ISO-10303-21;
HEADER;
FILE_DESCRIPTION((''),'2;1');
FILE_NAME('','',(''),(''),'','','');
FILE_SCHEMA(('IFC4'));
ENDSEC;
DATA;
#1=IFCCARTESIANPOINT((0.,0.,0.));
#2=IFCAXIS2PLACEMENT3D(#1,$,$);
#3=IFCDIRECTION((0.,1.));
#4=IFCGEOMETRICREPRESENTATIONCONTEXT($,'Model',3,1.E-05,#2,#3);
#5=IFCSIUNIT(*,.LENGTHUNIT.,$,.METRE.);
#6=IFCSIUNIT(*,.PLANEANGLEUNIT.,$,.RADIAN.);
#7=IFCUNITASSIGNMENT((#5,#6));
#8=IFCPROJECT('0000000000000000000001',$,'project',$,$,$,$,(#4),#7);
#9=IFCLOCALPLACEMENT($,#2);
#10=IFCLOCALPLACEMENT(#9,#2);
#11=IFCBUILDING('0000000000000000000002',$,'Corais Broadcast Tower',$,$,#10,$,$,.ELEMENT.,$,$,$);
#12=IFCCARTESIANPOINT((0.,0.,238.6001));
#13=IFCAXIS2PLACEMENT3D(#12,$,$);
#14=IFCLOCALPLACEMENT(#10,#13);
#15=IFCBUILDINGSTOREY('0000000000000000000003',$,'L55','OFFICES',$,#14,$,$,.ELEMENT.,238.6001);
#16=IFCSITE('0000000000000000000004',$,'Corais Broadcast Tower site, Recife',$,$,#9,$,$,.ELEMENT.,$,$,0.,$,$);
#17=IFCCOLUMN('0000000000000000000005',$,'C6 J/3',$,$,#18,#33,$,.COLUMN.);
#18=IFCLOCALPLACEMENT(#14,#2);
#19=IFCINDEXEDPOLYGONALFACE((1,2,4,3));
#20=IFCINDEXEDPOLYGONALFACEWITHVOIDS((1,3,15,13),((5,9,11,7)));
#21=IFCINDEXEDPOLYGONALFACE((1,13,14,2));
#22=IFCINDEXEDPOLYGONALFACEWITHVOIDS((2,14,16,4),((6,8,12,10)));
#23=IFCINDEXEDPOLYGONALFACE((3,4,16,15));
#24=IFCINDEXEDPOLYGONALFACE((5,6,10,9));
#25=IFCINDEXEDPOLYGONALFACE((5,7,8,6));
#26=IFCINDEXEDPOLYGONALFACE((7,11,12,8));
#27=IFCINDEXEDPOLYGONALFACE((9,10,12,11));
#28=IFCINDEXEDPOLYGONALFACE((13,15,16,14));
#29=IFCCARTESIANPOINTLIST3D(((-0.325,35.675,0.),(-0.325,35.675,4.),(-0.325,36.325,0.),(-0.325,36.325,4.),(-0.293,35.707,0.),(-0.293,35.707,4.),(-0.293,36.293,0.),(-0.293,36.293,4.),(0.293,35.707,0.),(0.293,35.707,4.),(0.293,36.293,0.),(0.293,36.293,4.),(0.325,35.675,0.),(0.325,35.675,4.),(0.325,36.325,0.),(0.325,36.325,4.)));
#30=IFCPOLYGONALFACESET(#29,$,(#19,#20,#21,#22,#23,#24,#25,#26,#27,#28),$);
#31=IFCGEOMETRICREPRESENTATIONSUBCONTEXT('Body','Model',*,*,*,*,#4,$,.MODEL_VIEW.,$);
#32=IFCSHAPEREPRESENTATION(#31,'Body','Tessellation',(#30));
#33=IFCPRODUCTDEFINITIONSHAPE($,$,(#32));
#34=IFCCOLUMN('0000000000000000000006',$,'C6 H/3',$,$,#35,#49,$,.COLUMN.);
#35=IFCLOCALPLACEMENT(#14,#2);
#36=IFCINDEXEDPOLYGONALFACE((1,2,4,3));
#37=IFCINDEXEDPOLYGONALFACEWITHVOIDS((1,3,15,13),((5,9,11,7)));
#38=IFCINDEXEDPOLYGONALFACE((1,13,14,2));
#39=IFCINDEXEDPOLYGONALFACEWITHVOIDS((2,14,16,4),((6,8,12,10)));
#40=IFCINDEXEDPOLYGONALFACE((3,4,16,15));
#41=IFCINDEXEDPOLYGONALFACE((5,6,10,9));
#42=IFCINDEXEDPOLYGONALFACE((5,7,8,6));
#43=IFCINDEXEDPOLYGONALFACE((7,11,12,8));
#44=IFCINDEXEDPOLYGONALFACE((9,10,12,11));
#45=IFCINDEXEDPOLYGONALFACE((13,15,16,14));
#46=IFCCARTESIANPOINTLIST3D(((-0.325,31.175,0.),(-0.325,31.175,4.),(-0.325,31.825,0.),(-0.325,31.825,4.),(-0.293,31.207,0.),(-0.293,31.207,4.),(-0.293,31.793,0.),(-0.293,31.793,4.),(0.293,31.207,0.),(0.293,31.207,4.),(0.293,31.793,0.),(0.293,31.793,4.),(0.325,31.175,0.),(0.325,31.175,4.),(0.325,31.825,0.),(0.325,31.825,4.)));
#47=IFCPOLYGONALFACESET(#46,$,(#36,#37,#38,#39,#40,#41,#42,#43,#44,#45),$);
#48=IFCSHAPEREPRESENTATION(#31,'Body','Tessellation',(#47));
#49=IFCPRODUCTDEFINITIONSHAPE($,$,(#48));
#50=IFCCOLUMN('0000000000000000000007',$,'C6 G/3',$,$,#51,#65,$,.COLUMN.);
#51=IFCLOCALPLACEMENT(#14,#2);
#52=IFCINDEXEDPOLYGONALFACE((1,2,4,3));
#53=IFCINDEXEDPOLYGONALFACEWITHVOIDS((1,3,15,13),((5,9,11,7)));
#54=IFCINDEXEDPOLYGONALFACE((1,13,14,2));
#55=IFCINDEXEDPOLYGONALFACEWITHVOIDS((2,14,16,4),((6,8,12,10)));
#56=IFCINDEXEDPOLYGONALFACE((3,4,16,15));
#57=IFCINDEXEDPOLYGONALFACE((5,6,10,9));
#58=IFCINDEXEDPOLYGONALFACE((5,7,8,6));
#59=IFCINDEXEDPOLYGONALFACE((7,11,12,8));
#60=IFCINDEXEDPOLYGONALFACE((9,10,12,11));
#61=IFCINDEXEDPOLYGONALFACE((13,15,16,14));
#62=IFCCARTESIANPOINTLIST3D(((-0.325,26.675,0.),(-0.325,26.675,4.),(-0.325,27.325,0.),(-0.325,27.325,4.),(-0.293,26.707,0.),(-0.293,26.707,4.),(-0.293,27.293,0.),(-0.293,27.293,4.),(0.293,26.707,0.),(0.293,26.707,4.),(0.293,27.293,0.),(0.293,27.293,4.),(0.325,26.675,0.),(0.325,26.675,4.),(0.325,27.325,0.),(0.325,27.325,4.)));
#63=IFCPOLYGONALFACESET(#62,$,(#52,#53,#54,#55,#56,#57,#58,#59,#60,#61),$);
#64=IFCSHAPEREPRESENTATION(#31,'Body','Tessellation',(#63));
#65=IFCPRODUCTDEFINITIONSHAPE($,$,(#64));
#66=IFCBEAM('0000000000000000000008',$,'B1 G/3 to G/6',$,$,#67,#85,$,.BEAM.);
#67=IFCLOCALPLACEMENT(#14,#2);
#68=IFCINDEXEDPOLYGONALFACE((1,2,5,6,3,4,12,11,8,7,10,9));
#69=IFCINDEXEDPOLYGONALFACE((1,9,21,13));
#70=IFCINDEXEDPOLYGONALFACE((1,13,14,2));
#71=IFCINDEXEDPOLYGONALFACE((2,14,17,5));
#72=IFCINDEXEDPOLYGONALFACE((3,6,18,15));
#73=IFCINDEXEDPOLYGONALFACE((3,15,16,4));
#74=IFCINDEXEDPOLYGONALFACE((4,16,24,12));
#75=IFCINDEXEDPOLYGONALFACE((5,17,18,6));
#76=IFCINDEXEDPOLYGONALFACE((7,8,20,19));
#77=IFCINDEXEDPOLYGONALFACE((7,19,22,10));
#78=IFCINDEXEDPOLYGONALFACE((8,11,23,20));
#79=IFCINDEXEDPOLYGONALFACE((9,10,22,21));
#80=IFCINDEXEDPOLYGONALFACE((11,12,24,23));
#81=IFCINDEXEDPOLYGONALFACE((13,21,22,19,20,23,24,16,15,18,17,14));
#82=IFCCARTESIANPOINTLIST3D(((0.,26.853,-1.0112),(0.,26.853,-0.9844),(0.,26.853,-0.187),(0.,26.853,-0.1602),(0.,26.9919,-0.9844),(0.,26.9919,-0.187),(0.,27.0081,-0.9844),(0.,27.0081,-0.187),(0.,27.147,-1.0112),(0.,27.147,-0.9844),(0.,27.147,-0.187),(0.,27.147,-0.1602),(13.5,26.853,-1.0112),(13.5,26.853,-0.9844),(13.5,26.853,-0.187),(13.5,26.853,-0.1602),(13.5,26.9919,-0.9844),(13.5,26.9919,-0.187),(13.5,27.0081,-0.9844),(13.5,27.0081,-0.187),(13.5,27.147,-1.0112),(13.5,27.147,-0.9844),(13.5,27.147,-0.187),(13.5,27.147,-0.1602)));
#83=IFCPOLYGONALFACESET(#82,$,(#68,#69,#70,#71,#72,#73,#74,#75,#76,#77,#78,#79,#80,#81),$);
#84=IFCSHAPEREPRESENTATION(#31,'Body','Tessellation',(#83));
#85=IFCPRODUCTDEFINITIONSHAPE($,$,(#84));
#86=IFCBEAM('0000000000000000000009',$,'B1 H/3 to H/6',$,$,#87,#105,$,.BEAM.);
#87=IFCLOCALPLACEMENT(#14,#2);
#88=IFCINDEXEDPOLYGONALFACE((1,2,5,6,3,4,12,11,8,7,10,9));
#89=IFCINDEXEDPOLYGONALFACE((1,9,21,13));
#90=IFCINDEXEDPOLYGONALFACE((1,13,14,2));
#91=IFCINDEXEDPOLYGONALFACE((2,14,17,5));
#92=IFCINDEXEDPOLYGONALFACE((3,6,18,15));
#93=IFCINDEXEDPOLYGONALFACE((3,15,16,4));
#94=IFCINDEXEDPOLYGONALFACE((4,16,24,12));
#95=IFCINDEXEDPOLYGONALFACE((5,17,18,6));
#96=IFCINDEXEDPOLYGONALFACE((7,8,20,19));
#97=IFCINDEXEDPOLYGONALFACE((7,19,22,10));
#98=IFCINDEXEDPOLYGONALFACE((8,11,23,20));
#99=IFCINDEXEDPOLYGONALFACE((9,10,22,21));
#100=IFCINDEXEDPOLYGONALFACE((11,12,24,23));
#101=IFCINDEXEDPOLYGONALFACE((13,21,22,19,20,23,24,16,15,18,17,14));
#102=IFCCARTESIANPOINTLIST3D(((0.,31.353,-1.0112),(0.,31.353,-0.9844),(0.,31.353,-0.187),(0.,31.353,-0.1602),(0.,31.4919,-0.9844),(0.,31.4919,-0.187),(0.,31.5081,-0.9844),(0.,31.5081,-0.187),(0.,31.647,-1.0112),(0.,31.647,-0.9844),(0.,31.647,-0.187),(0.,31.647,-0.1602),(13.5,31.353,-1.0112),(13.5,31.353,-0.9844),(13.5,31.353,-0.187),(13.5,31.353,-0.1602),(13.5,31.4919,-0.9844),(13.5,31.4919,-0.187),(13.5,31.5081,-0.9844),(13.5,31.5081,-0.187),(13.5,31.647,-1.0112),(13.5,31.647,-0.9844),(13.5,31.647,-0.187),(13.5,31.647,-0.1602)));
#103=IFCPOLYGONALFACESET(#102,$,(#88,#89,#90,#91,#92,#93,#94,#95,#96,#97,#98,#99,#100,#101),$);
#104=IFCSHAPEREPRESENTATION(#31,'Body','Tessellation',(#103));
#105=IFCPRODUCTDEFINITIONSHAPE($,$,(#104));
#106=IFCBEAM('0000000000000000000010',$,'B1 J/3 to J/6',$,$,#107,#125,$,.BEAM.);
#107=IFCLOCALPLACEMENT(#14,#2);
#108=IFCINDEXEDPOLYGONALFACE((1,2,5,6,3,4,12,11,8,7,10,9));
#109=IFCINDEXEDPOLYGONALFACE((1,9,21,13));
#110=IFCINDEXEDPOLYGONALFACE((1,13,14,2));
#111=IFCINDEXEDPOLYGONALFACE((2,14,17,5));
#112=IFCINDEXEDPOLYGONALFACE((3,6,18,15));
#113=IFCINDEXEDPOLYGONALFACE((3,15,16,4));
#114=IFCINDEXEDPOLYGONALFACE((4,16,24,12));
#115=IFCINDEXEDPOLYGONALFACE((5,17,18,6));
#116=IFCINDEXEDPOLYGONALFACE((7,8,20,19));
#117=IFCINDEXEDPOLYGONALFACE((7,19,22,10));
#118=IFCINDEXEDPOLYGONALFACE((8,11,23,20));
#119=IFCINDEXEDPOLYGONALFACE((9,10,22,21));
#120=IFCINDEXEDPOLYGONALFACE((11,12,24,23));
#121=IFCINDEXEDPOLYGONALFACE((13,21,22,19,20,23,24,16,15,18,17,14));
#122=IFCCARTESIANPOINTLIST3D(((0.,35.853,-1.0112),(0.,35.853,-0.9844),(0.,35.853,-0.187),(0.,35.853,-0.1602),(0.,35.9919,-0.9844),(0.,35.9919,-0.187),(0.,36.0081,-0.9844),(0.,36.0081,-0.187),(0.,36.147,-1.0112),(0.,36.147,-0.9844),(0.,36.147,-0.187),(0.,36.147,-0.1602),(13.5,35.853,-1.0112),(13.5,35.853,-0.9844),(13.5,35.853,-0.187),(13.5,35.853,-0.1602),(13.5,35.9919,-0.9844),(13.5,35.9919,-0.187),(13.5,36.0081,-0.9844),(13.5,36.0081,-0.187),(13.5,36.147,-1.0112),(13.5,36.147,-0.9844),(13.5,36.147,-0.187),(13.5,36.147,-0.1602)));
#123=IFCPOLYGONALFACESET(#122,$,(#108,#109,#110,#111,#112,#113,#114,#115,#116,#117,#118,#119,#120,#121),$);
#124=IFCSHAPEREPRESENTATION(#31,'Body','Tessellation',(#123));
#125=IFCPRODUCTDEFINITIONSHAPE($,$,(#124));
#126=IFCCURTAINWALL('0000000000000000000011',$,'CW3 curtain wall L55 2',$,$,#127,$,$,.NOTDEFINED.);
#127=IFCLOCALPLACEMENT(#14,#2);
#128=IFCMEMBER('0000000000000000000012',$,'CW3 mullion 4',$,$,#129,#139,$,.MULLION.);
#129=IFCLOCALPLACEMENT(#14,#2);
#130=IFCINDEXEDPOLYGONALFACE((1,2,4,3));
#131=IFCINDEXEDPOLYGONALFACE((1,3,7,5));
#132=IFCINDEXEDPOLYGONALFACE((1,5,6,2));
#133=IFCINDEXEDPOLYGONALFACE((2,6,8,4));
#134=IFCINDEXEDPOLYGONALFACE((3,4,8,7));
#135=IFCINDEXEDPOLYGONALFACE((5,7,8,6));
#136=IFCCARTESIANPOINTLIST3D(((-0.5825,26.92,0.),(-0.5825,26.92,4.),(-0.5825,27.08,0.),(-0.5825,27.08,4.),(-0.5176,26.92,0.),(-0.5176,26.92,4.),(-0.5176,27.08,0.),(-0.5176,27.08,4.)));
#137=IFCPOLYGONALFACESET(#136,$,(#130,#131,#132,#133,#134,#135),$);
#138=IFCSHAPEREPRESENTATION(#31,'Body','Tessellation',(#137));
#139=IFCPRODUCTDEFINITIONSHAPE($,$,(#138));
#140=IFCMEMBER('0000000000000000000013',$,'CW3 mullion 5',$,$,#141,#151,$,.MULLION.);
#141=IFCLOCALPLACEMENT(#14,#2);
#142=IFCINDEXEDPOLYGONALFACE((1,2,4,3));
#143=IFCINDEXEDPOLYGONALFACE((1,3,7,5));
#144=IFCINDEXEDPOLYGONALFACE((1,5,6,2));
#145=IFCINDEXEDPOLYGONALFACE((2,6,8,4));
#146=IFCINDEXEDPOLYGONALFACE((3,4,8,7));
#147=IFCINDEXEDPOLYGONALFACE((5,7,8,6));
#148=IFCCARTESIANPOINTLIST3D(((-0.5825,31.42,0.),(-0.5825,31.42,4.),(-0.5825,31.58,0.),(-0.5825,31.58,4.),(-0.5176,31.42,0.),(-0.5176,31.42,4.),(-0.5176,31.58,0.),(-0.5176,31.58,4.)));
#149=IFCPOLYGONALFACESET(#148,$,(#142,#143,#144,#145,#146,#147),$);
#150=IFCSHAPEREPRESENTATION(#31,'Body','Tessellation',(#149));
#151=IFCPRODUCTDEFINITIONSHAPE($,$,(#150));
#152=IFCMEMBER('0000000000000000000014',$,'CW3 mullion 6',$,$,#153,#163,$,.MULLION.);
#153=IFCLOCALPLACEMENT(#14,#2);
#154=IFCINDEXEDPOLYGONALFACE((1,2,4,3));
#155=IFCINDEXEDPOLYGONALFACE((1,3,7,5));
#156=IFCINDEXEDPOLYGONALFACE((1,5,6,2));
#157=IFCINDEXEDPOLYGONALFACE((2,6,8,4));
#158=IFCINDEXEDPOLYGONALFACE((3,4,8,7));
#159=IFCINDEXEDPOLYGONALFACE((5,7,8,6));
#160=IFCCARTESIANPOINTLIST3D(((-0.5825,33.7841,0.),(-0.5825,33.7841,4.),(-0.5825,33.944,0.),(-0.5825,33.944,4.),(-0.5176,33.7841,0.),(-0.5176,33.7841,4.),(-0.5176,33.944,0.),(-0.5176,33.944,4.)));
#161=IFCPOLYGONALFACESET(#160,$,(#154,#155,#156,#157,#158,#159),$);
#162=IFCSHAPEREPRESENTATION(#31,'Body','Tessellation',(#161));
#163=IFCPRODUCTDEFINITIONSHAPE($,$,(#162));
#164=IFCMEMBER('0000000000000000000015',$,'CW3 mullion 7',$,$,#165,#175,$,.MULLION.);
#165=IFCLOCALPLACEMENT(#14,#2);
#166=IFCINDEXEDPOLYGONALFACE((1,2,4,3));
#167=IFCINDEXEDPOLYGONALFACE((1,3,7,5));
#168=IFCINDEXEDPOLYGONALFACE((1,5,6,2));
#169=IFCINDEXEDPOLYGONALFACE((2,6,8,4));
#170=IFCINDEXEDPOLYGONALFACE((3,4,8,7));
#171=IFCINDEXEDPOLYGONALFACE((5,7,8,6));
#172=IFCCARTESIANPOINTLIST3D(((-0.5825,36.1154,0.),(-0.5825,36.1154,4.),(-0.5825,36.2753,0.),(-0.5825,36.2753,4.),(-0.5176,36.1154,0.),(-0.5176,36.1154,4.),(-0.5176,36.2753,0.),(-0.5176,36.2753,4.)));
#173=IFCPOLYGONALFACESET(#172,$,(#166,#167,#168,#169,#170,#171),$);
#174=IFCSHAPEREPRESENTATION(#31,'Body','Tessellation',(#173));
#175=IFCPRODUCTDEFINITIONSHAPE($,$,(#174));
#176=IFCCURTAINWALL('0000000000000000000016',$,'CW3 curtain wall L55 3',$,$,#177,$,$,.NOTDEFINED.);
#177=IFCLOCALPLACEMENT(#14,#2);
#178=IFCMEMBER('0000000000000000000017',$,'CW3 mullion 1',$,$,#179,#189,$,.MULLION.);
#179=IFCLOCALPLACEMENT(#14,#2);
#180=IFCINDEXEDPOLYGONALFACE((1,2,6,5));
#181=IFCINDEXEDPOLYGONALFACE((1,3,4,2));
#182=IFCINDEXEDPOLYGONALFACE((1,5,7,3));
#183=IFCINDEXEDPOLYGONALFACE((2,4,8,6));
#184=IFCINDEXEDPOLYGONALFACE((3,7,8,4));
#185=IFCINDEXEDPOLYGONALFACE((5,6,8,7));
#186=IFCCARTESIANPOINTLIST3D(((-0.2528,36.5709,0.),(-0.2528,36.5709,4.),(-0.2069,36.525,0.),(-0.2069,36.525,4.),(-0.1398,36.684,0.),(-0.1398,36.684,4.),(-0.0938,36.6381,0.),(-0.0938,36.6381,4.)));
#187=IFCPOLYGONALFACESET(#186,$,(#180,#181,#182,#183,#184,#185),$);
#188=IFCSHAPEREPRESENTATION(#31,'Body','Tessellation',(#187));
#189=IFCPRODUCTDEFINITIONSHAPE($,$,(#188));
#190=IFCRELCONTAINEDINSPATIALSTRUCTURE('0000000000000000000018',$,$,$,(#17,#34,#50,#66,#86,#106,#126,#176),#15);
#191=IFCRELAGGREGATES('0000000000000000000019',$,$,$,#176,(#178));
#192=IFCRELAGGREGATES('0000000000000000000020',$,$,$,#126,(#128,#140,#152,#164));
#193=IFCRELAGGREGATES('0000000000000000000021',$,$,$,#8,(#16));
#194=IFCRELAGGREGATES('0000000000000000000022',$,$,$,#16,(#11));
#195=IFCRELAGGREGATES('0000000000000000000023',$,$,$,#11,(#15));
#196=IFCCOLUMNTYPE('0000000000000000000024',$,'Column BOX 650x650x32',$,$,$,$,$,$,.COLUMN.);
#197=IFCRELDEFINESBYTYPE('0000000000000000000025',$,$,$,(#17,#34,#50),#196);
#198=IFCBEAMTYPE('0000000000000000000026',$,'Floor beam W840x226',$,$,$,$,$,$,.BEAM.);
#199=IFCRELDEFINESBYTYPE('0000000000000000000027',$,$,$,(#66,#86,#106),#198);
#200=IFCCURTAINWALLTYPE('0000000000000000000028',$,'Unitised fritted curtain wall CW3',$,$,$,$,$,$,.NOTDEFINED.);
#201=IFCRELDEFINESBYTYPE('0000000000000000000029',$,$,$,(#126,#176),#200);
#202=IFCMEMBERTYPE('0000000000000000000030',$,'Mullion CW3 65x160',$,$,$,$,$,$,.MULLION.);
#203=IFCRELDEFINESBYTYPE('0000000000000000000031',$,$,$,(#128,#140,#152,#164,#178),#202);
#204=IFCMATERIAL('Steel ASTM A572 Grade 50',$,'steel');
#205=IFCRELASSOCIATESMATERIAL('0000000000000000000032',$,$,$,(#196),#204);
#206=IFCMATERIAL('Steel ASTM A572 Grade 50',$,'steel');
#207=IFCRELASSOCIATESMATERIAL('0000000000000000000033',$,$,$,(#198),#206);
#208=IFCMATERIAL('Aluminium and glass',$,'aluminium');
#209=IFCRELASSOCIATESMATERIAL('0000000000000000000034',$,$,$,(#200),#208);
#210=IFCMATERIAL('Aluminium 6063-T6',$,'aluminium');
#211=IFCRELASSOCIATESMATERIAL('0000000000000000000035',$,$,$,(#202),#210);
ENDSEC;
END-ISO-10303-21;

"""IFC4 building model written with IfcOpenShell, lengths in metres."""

from ifc_helpers import new_model, si_unit, direction, frame, origin, origin_2d, place, context, subcontext, project, spatial, rectangle, hollow_rectangle, i_section, extrude, material, material_profile, profile_set, type_object, element, aggregate, save


model = new_model("IFC4")

# Units and contexts
model_context = context("Model", 3, precision=1e-05, world=origin(), true_north=direction((0.0, 1.0)))
body_context = subcontext(model_context, "Body", "Model", "MODEL_VIEW")
ifc_project = project(units=[si_unit("LENGTHUNIT", "METRE"), si_unit("PLANEANGLEUNIT", "RADIAN")], contexts=[model_context])

# Site, building, storey
site_placement = place(None, origin())
site = spatial("IfcSite", under=ifc_project, at=site_placement, Name="Corais Broadcast Tower site, Recife", CompositionType="ELEMENT", RefElevation=0.0)
building_placement = place(site_placement, origin())
building = spatial("IfcBuilding", under=site, at=building_placement, Name="Corais Broadcast Tower", CompositionType="ELEMENT")
storey_placement = place(building_placement, frame((0.0, 0.0, 238.6001)))
storey = spatial("IfcBuildingStorey", under=building, at=storey_placement, Name="L55", Description="OFFICES", CompositionType="ELEMENT", Elevation=238.6001)

# Columns
ifc_material_1 = material(Name="Steel ASTM A572 Grade 50", Category="steel")
ifc_material_profile_1 = material_profile(ifc_material_1, hollow_rectangle(XDim=0.6499, YDim=0.6499, WallThickness=0.032, at=origin_2d()), Name="BOX 650x650x32")
ifc_profile_set_1 = profile_set([ifc_material_profile_1], Name="Steel ASTM A572 Grade 50")
column_type = type_object("IfcColumnType", Name="Column BOX 650x650x32", PredefinedType="COLUMN", material=ifc_profile_set_1)
for number, where, z_axis, x_axis, name in (
    (1, (0.0, 36.0, 0.0), (0.0, 0.0, 1.0), (1.0, 0.0, 0.0), "C6 J/3"),
    (2, (0.0, 31.5, 0.0), (0.0, 0.0, 1.0), (1.0, 0.0, 0.0), "C6 H/3"),
    (3, (0.0, 27.0, 0.0), (0.0, 0.0, 1.0), (1.0, 0.0, 0.0), "C6 G/3"),
):
    element("IfcColumn", number, at=place(storey_placement, frame(where, z_axis=z_axis, x_axis=x_axis)), inside=storey, type_object=column_type, Name=name, PredefinedType="COLUMN", context=body_context, shape_type="SweptSolid", body=[
        extrude(hollow_rectangle(XDim=0.6499, YDim=0.6499, WallThickness=0.032, at=origin_2d()), origin(), (0.0, 0.0, 1.0), 4.0),
    ])

# Beams
ifc_material_2 = material(Name="Steel ASTM A572 Grade 50", Category="steel")
ifc_material_profile_2 = material_profile(ifc_material_2, i_section(OverallWidth=0.2939, OverallDepth=0.8511, WebThickness=0.0161, FlangeThickness=0.0269, at=origin_2d()), Name="W840x226")
ifc_profile_set_2 = profile_set([ifc_material_profile_2], Name="Steel ASTM A572 Grade 50")
beam_type_1 = type_object("IfcBeamType", Name="Floor beam W840x226", PredefinedType="BEAM", material=ifc_profile_set_2)
for number, where, z_axis, x_axis, name in (
    (4, (0.0, 27.0, -0.5857), (1.0, 0.0, 0.0), (0.0, 1.0, 0.0), "B1 G/3 to G/6"),
    (5, (0.0, 31.5, -0.5857), (1.0, 0.0, 0.0), (0.0, 1.0, 0.0), "B1 H/3 to H/6"),
    (6, (0.0, 36.0, -0.5857), (1.0, 0.0, 0.0), (0.0, 1.0, 0.0), "B1 J/3 to J/6"),
):
    element("IfcBeam", number, at=place(storey_placement, frame(where, z_axis=z_axis, x_axis=x_axis)), inside=storey, type_object=beam_type_1, Name=name, PredefinedType="BEAM", context=body_context, shape_type="SweptSolid", body=[
        extrude(i_section(OverallWidth=0.2939, OverallDepth=0.8511, WebThickness=0.0161, FlangeThickness=0.0269, at=origin_2d()), origin(), (0.0, 0.0, 1.0), 13.5),
    ])

# Curtain wall, members
ifc_material_3 = material(Name="Aluminium and glass", Category="aluminium")
curtain_wall_type = type_object("IfcCurtainWallType", Name="Unitised fritted curtain wall CW3", PredefinedType="NOTDEFINED", material=ifc_material_3)
curtain_wall_1_placement = place(storey_placement, origin())
curtain_wall_1 = element("IfcCurtainWall", 7, at=curtain_wall_1_placement, inside=storey, type_object=curtain_wall_type, Name="CW3 curtain wall L55 2", PredefinedType="NOTDEFINED")
ifc_material_4 = material(Name="Aluminium 6063-T6", Category="aluminium")
ifc_material_profile_3 = material_profile(ifc_material_4, rectangle(XDim=0.0649, YDim=0.1599, at=origin_2d()), Name="Mullion CW3 65x160")
ifc_profile_set_3 = profile_set([ifc_material_profile_3], Name="Aluminium 6063-T6")
member_type_1 = type_object("IfcMemberType", Name="Mullion CW3 65x160", PredefinedType="MULLION", material=ifc_profile_set_3)
member_1_placement = place(storey_placement, frame((-0.55, 27.0, 0.0), z_axis=(0.0, 0.0, 1.0), x_axis=(-1.0, 0.0, 0.0)))
member_1 = element("IfcMember", 8, at=member_1_placement, type_object=member_type_1, Name="CW3 mullion 4", PredefinedType="MULLION", context=body_context, shape_type="SweptSolid", body=[
    extrude(rectangle(XDim=0.0649, YDim=0.1599, at=origin_2d()), origin(), (0.0, 0.0, 1.0), 4.0),
])
member_2_placement = place(storey_placement, frame((-0.55, 31.5, 0.0), z_axis=(0.0, 0.0, 1.0), x_axis=(-1.0, 0.0, 0.0)))
member_2 = element("IfcMember", 9, at=member_2_placement, type_object=member_type_1, Name="CW3 mullion 5", PredefinedType="MULLION", context=body_context, shape_type="SweptSolid", body=[
    extrude(rectangle(XDim=0.0649, YDim=0.1599, at=origin_2d()), origin(), (0.0, 0.0, 1.0), 4.0),
])
member_3_placement = place(storey_placement, frame((-0.55, 33.864, 0.0), z_axis=(0.0, 0.0, 1.0), x_axis=(-1.0, 0.0, 0.0)))
member_3 = element("IfcMember", 10, at=member_3_placement, type_object=member_type_1, Name="CW3 mullion 6", PredefinedType="MULLION", context=body_context, shape_type="SweptSolid", body=[
    extrude(rectangle(XDim=0.0649, YDim=0.1599, at=origin_2d()), origin(), (0.0, 0.0, 1.0), 4.0),
])
member_4_placement = place(storey_placement, frame((-0.55, 36.1953, 0.0), z_axis=(0.0, 0.0, 1.0), x_axis=(-1.0, 0.0, 0.0)))
member_4 = element("IfcMember", 11, at=member_4_placement, type_object=member_type_1, Name="CW3 mullion 7", PredefinedType="MULLION", context=body_context, shape_type="SweptSolid", body=[
    extrude(rectangle(XDim=0.0649, YDim=0.1599, at=origin_2d()), origin(), (0.0, 0.0, 1.0), 4.0),
])

# Curtain wall, member
curtain_wall_2_placement = place(storey_placement, origin())
curtain_wall_2 = element("IfcCurtainWall", 12, at=curtain_wall_2_placement, inside=storey, type_object=curtain_wall_type, Name="CW3 curtain wall L55 3", PredefinedType="NOTDEFINED")
member_5_placement = place(storey_placement, frame((-0.1733, 36.6045, 0.0), z_axis=(0.0, 0.0, 1.0), x_axis=(-0.707107, 0.707107, 0.0)))
member_5 = element("IfcMember", 13, at=member_5_placement, type_object=member_type_1, Name="CW3 mullion 1", PredefinedType="MULLION", context=body_context, shape_type="SweptSolid", body=[
    extrude(rectangle(XDim=0.0649, YDim=0.1599, at=origin_2d()), origin(), (0.0, 0.0, 1.0), 4.0),
])

aggregate(curtain_wall_2, [member_5])
aggregate(curtain_wall_1, [member_1, member_2, member_3, member_4])

save(model, "model.ifc")
